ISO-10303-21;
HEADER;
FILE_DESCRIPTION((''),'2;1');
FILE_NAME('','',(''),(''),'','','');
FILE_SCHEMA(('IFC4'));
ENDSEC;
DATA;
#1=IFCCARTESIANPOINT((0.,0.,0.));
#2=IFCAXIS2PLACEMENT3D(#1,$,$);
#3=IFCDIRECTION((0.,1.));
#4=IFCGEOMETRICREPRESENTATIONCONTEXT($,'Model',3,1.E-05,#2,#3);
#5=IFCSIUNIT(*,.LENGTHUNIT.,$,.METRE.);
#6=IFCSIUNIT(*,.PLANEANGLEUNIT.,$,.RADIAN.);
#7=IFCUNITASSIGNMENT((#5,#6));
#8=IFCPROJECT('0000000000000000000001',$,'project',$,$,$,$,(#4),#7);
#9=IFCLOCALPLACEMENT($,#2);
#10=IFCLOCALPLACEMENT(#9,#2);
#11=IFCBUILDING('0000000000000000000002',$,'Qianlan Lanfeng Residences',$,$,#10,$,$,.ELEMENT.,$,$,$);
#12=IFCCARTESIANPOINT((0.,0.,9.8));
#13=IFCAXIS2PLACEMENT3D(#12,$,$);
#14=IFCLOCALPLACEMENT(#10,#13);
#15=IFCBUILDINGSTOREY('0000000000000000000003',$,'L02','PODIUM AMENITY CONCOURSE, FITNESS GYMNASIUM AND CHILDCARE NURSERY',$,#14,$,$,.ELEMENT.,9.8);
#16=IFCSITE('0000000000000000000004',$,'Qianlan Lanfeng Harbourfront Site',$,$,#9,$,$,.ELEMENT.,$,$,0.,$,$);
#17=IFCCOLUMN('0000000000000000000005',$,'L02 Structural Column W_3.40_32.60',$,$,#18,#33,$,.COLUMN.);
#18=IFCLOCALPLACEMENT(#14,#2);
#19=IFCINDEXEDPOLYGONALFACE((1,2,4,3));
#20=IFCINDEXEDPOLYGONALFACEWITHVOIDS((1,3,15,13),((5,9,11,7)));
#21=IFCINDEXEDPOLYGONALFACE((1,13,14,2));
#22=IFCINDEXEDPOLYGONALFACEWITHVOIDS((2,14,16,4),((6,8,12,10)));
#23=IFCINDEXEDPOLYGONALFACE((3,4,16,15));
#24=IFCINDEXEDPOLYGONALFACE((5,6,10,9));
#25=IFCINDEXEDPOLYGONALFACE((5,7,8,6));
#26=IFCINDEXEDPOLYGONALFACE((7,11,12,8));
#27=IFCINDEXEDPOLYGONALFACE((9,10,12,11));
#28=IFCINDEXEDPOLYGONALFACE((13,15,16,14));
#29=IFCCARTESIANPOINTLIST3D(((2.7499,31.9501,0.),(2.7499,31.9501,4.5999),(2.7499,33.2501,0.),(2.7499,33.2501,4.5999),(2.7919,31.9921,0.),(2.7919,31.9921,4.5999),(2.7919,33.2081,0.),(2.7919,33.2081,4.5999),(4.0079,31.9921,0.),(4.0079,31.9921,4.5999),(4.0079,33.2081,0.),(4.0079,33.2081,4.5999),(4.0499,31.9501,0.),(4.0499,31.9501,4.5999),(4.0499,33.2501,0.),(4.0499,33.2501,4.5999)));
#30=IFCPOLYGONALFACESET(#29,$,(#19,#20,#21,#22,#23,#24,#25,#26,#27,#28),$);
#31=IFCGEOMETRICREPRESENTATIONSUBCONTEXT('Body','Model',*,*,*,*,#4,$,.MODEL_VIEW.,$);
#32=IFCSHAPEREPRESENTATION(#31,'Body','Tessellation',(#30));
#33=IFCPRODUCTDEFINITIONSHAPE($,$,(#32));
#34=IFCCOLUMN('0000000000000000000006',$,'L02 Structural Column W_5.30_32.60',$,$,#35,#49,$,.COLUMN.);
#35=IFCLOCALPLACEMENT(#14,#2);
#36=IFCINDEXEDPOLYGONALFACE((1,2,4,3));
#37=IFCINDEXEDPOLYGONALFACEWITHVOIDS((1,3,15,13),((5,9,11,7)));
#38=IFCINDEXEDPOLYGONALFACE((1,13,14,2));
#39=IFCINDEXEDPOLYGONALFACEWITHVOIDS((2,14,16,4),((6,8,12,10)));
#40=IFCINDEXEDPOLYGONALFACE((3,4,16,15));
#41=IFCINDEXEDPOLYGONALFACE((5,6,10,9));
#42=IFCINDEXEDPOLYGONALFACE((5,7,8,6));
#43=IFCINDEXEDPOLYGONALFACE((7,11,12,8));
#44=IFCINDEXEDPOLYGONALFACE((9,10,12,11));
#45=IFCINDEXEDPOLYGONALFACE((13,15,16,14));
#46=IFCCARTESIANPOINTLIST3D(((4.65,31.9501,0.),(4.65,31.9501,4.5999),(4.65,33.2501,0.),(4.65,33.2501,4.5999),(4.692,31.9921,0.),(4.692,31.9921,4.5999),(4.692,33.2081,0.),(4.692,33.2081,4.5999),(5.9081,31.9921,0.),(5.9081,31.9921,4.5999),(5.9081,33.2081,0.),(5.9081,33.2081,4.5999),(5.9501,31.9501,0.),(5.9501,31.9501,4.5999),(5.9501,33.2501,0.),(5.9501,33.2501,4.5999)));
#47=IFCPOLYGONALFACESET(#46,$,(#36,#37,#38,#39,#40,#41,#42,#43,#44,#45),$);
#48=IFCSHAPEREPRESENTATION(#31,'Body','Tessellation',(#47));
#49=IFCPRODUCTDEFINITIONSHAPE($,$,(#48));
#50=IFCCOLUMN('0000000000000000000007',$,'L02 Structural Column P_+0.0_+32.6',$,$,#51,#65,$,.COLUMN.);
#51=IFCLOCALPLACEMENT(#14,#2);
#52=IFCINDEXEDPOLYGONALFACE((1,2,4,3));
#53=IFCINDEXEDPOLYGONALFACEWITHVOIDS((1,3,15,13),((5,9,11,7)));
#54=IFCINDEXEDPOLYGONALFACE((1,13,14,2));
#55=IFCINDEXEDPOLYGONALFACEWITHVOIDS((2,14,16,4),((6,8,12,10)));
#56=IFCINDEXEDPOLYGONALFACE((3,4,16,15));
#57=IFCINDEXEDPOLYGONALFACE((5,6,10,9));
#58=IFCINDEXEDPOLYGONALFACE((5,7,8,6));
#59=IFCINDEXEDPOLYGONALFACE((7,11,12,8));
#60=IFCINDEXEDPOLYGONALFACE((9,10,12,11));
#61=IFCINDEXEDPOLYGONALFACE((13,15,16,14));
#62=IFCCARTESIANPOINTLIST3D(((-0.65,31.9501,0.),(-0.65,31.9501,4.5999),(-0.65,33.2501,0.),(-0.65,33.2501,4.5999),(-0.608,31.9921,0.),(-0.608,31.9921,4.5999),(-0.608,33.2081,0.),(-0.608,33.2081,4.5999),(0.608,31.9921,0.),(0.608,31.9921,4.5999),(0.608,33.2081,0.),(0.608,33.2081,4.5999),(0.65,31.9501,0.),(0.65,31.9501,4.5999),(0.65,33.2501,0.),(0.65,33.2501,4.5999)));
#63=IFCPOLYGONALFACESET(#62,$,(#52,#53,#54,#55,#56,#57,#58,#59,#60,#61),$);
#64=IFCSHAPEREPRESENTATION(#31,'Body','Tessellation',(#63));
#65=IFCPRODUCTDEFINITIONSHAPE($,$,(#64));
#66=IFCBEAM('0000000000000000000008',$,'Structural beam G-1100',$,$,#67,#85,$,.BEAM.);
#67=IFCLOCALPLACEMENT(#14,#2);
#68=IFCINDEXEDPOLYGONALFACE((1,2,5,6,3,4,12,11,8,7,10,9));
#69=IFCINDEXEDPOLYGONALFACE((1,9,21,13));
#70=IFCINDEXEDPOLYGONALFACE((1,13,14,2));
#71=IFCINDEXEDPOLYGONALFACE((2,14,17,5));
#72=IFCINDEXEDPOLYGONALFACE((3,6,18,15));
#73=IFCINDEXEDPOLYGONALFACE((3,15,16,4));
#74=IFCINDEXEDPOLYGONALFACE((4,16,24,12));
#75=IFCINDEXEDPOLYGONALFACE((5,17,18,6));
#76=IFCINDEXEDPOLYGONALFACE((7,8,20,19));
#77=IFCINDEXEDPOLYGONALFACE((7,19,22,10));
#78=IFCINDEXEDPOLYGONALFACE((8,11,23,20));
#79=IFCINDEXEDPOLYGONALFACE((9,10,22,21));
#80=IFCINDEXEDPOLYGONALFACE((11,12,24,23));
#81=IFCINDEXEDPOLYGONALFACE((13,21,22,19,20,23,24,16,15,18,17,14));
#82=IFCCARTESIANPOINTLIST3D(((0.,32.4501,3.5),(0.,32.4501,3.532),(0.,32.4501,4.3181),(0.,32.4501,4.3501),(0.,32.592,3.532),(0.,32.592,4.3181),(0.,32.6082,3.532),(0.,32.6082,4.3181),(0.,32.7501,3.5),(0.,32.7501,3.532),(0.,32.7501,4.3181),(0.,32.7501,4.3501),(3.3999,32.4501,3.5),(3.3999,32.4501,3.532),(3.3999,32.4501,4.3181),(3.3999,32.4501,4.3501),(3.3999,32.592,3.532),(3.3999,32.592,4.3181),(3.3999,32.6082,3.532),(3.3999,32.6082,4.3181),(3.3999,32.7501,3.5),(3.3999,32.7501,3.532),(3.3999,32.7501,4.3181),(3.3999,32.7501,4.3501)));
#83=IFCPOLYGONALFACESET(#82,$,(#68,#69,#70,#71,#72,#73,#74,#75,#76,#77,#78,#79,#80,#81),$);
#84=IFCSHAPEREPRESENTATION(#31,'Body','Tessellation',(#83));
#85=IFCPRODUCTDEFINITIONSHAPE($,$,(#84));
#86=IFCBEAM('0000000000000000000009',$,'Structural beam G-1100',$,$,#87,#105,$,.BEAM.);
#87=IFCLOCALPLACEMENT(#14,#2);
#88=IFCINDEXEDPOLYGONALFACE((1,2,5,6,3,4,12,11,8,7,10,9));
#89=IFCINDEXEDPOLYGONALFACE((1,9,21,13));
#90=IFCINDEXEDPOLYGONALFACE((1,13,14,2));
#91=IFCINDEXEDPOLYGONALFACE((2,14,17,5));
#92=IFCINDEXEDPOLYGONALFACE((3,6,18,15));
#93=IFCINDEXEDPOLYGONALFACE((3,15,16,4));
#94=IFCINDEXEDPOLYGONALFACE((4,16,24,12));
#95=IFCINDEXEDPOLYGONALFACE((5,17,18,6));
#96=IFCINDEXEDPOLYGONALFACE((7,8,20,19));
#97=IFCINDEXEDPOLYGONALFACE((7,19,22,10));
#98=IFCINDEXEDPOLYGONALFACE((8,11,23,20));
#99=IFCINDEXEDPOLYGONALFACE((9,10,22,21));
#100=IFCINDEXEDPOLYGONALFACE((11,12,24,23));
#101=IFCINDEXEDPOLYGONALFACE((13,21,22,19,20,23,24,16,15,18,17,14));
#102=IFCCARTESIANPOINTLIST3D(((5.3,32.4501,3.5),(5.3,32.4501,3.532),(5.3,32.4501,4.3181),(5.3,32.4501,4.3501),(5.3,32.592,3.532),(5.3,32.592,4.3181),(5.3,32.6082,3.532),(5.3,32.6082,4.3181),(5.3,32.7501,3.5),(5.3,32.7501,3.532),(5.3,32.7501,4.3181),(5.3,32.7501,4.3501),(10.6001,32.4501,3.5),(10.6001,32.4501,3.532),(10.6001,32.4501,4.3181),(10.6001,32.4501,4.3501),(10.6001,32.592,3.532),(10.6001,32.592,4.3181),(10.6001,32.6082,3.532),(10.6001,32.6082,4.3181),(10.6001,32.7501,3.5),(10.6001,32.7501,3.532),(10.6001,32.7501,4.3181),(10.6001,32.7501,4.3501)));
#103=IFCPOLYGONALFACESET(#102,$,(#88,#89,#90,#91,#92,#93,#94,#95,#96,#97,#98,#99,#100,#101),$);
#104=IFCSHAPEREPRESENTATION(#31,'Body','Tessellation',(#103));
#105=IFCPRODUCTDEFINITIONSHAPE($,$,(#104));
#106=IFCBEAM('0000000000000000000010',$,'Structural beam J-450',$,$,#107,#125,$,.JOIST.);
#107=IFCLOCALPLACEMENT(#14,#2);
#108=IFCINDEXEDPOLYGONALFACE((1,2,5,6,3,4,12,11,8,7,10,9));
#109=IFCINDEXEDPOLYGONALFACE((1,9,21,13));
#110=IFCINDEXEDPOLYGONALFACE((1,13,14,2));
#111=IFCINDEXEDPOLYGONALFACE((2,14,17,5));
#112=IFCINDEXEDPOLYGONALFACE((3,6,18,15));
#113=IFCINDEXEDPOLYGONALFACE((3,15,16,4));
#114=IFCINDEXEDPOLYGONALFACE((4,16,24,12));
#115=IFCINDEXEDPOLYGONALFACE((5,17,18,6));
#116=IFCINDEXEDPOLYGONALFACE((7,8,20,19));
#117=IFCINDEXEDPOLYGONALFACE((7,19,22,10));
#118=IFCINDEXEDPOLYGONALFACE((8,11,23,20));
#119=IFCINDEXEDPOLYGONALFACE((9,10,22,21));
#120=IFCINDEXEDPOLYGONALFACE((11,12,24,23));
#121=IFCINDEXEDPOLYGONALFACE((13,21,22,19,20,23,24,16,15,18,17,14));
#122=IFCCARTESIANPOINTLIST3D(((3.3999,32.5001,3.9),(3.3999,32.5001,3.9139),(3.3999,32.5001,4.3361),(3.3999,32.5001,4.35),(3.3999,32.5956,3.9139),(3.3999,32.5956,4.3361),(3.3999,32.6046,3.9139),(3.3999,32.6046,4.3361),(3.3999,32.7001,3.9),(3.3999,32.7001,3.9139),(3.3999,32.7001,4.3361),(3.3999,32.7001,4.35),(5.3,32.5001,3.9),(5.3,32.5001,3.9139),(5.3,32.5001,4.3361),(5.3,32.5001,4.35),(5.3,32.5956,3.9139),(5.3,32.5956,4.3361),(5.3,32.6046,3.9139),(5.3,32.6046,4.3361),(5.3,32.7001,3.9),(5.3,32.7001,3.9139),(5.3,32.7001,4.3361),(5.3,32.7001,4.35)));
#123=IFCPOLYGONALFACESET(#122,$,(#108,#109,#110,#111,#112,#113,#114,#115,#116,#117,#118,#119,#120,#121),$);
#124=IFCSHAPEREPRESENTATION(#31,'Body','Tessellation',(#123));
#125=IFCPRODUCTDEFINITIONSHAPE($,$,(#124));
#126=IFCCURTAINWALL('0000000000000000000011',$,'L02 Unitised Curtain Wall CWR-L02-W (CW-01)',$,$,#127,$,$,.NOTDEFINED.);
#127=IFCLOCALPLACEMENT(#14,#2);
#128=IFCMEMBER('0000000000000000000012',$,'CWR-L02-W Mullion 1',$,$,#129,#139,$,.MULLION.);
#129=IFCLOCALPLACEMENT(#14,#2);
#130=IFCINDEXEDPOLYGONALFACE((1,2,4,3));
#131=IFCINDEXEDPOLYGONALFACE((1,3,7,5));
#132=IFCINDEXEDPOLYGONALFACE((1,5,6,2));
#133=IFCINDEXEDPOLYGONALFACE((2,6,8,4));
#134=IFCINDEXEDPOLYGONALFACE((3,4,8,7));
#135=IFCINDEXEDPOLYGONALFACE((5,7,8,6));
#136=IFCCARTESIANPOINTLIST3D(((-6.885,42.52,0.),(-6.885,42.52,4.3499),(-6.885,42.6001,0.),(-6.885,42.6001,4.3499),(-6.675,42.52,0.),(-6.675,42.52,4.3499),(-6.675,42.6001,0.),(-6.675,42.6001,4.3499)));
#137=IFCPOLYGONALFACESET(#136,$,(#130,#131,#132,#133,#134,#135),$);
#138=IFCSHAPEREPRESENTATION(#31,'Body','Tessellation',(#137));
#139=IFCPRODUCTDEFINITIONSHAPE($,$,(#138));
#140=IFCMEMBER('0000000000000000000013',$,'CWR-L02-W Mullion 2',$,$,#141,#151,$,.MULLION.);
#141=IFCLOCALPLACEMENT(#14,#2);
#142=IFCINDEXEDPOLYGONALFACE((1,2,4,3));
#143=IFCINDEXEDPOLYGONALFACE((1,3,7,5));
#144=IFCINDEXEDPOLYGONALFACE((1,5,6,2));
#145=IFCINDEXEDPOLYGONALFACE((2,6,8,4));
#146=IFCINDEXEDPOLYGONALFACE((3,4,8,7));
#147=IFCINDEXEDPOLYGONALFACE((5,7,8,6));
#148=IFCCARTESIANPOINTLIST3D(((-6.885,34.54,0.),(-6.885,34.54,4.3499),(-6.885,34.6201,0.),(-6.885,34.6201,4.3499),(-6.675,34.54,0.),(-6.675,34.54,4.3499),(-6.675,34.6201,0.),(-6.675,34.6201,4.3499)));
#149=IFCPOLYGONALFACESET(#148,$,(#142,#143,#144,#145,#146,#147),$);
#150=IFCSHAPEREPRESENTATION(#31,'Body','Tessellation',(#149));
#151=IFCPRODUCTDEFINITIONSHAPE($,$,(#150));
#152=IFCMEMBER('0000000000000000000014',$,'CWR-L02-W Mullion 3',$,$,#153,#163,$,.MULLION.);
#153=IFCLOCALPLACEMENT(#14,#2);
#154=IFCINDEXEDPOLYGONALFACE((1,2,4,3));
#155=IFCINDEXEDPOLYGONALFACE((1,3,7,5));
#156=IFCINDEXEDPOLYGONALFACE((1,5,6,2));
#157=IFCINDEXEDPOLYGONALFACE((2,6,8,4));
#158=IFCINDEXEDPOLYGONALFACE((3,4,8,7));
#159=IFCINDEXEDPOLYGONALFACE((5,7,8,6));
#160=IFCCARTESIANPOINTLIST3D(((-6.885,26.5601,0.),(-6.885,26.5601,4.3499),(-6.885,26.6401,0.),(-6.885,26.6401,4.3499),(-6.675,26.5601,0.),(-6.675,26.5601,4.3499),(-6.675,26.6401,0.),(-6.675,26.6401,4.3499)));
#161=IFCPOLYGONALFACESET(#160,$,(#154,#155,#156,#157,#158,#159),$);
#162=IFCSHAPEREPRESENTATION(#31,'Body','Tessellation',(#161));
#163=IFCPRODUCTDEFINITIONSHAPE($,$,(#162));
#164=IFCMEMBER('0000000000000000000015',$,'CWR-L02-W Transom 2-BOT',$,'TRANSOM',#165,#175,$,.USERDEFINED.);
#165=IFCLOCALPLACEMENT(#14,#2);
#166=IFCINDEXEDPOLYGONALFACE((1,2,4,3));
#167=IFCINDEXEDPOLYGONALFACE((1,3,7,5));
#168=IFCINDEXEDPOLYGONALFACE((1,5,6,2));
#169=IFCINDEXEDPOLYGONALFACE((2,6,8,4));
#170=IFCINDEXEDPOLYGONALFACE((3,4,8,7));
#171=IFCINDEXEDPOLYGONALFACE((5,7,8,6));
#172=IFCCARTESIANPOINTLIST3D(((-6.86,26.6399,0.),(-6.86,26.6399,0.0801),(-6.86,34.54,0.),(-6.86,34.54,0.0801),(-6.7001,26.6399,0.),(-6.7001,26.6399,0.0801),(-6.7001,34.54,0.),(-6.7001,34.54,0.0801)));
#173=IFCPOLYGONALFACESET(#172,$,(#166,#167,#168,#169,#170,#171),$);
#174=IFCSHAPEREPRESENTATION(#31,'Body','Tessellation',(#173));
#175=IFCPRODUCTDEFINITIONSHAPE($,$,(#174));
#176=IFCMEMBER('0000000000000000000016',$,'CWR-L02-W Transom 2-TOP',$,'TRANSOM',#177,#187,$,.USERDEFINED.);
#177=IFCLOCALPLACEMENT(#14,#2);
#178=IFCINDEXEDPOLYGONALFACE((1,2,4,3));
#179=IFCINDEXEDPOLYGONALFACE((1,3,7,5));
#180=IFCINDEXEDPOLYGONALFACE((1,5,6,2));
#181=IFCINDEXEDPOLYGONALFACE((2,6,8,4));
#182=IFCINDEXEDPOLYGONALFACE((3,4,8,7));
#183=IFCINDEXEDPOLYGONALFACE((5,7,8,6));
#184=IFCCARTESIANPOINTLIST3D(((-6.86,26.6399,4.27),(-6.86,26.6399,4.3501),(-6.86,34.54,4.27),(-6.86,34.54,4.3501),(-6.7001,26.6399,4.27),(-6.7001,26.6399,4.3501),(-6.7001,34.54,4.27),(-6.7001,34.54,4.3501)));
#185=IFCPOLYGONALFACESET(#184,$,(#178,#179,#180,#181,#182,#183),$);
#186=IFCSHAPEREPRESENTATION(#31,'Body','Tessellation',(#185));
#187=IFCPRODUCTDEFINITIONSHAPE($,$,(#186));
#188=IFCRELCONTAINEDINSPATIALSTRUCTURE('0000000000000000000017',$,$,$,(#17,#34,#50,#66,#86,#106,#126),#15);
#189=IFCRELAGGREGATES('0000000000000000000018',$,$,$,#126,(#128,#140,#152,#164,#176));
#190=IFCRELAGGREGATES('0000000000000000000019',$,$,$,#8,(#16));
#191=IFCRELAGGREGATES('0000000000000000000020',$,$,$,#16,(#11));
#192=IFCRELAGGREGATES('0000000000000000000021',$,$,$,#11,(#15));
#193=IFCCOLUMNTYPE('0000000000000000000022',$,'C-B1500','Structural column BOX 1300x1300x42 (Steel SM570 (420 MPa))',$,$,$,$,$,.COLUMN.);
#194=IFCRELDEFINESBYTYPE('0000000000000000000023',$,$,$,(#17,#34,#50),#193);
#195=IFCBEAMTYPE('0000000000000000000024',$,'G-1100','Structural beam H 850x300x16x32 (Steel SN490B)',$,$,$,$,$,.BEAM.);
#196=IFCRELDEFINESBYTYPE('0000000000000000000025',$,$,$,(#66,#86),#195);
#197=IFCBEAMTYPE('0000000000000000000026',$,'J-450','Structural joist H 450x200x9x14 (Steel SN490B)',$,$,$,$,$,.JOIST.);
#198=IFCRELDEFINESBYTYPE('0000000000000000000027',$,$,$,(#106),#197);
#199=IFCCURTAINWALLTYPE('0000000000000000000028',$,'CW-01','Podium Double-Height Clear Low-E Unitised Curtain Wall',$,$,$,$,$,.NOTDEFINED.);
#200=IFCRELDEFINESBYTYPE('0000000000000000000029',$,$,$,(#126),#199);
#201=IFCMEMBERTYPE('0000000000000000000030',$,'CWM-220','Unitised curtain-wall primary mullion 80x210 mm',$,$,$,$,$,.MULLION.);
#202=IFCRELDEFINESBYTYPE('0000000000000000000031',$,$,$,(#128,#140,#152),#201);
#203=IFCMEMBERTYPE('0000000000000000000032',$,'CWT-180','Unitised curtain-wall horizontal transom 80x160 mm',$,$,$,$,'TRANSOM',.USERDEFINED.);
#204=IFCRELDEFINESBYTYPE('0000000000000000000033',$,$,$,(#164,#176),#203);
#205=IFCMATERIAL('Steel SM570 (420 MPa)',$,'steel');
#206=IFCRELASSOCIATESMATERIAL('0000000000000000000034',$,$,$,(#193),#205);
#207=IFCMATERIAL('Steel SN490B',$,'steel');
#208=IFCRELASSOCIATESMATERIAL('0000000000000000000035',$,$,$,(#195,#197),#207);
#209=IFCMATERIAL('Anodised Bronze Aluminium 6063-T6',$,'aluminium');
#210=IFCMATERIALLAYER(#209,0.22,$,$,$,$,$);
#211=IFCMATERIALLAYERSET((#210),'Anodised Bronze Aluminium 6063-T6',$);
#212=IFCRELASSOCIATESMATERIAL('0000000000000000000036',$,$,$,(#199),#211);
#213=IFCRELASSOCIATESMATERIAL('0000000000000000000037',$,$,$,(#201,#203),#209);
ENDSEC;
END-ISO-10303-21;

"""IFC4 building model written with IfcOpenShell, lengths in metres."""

from ifc_helpers import new_model, si_unit, direction, frame, origin, origin_2d, place, context, subcontext, project, spatial, rectangle, hollow_rectangle, i_section, extrude, source, transform, mapped, material, layer, layer_set, material_profile, profile_set, type_object, element, aggregate, save


model = new_model("IFC4")

# Units and contexts
model_context = context("Model", 3, precision=1e-05, world=origin(), true_north=direction((0.0, 1.0)))
body_context = subcontext(model_context, "Body", "Model", "MODEL_VIEW")
ifc_project = project(units=[si_unit("LENGTHUNIT", "METRE"), si_unit("PLANEANGLEUNIT", "RADIAN")], contexts=[model_context])

# Site, building, storey
site_placement = place(None, origin())
site = spatial("IfcSite", under=ifc_project, at=site_placement, Name="Qianlan Lanfeng Harbourfront Site", CompositionType="ELEMENT", RefElevation=0.0)
building_placement = place(site_placement, origin())
building = spatial("IfcBuilding", under=site, at=building_placement, Name="Qianlan Lanfeng Residences", CompositionType="ELEMENT")
storey_placement = place(building_placement, frame((0.0, 0.0, 9.8)))
storey = spatial("IfcBuildingStorey", under=building, at=storey_placement, Name="L02", Description="PODIUM AMENITY CONCOURSE, FITNESS GYMNASIUM AND CHILDCARE NURSERY", CompositionType="ELEMENT", Elevation=9.8)

# Columns
ifc_material_1 = material(Name="Steel SM570 (420 MPa)", Category="steel")
ifc_material_profile_1 = material_profile(ifc_material_1, hollow_rectangle(XDim=1.3, YDim=1.3, WallThickness=0.042, at=origin_2d()), Name="BOX 1300x1300x42")
ifc_profile_set_1 = profile_set([ifc_material_profile_1], Name="Steel SM570 (420 MPa)")
column_type = type_object("IfcColumnType", Name="C-B1500", Description="Structural column BOX 1300x1300x42 (Steel SM570 (420 MPa))", PredefinedType="COLUMN", material=ifc_profile_set_1)
for number, where, z_axis, x_axis, name in (
    (1, (3.3999, 32.6001, 0.0), (0.0, 0.0, 1.0), (1.0, 0.0, 0.0), "L02 Structural Column W_3.40_32.60"),
    (2, (5.3, 32.6001, 0.0), (0.0, 0.0, 1.0), (1.0, 0.0, 0.0), "L02 Structural Column W_5.30_32.60"),
    (3, (0.0, 32.6001, 0.0), (0.0, 0.0, 1.0), (1.0, 0.0, 0.0), "L02 Structural Column P_+0.0_+32.6"),
):
    element("IfcColumn", number, at=place(storey_placement, frame(where, z_axis=z_axis, x_axis=x_axis)), inside=storey, type_object=column_type, Name=name, PredefinedType="COLUMN", context=body_context, shape_type="SweptSolid", body=[
        extrude(hollow_rectangle(XDim=1.3, YDim=1.3, WallThickness=0.042, at=origin_2d()), origin(), (0.0, 0.0, 1.0), 4.5999),
    ])

# Beams
ifc_material_2 = material(Name="Steel SN490B", Category="steel")
ifc_material_profile_2 = material_profile(ifc_material_2, i_section(OverallWidth=0.3, OverallDepth=0.8501, WebThickness=0.0161, FlangeThickness=0.032, at=origin_2d()), Name="H 850x300x16x32")
ifc_profile_set_2 = profile_set([ifc_material_profile_2], Name="Steel SN490B")
beam_type_1 = type_object("IfcBeamType", Name="G-1100", Description="Structural beam H 850x300x16x32 (Steel SN490B)", PredefinedType="BEAM", material=ifc_profile_set_2)
beam_1_placement = place(storey_placement, frame((0.0, 32.6001, 3.925), z_axis=(1.0, 0.0, 0.0), x_axis=(0.0, 1.0, 0.0)))
element("IfcBeam", 4, at=beam_1_placement, inside=storey, type_object=beam_type_1, Name="Structural beam G-1100", PredefinedType="BEAM", context=body_context, shape_type="SweptSolid", body=[
    extrude(i_section(OverallWidth=0.3, OverallDepth=0.8501, WebThickness=0.0161, FlangeThickness=0.032, at=origin_2d()), origin(), (0.0, 0.0, 1.0), 3.3999),
])
beam_2_placement = place(storey_placement, frame((5.3, 32.6001, 3.925), z_axis=(1.0, 0.0, 0.0), x_axis=(0.0, 1.0, 0.0)))
element("IfcBeam", 5, at=beam_2_placement, inside=storey, type_object=beam_type_1, Name="Structural beam G-1100", PredefinedType="BEAM", context=body_context, shape_type="SweptSolid", body=[
    extrude(i_section(OverallWidth=0.3, OverallDepth=0.8501, WebThickness=0.0161, FlangeThickness=0.032, at=origin_2d()), origin(), (0.0, 0.0, 1.0), 5.3),
])
ifc_material_profile_3 = material_profile(ifc_material_2, i_section(OverallWidth=0.2, OverallDepth=0.45, WebThickness=0.009, FlangeThickness=0.0139, at=origin_2d()), Name="H 450x200x9x14")
ifc_profile_set_3 = profile_set([ifc_material_profile_3], Name="Steel SN490B")
beam_type_2 = type_object("IfcBeamType", Name="J-450", Description="Structural joist H 450x200x9x14 (Steel SN490B)", PredefinedType="JOIST", material=ifc_profile_set_3)
beam_3_placement = place(storey_placement, frame((3.3999, 32.6001, 4.125), z_axis=(1.0, 0.0, 0.0), x_axis=(0.0, 1.0, 0.0)))
element("IfcBeam", 6, at=beam_3_placement, inside=storey, type_object=beam_type_2, Name="Structural beam J-450", PredefinedType="JOIST", context=body_context, shape_type="SweptSolid", body=[
    extrude(i_section(OverallWidth=0.2, OverallDepth=0.45, WebThickness=0.009, FlangeThickness=0.0139, at=origin_2d()), origin(), (0.0, 0.0, 1.0), 1.9001),
])

# Curtain wall, members
ifc_material_3 = material(Name="Anodised Bronze Aluminium 6063-T6", Category="aluminium")
ifc_layer_1 = layer(ifc_material_3, 0.22)
ifc_layer_set_1 = layer_set([ifc_layer_1], Name="Anodised Bronze Aluminium 6063-T6")
curtain_wall_type = type_object("IfcCurtainWallType", Name="CW-01", Description="Podium Double-Height Clear Low-E Unitised Curtain Wall", PredefinedType="NOTDEFINED", material=ifc_layer_set_1)
curtain_wall_placement = place(storey_placement, origin())
curtain_wall = element("IfcCurtainWall", 7, at=curtain_wall_placement, inside=storey, type_object=curtain_wall_type, Name="L02 Unitised Curtain Wall CWR-L02-W (CW-01)", PredefinedType="NOTDEFINED")
ifc_material_profile_4 = material_profile(ifc_material_3, rectangle(XDim=0.0801, YDim=0.21, at=origin_2d()), Name="ALU MULLION 80x210")
ifc_profile_set_4 = profile_set([ifc_material_profile_4], Name="Anodised Bronze Aluminium 6063-T6")
member_type_1 = type_object("IfcMemberType", Name="CWM-220", Description="Unitised curtain-wall primary mullion 80x210 mm", PredefinedType="MULLION", material=ifc_profile_set_4)
shared_shape_1 = source(origin(), body_context, "Body", "SweptSolid", [
    extrude(rectangle(XDim=0.0801, YDim=0.21, at=origin_2d()), origin(), (0.0, 0.0, 1.0), 4.3499),
])
member_1_placement = place(storey_placement, frame((-6.78, 42.5601, 0.0), z_axis=(0.0, 0.0, 1.0), x_axis=(0.0, -1.0, 0.0)))
member_1 = element("IfcMember", 8, at=member_1_placement, type_object=member_type_1, Name="CWR-L02-W Mullion 1", PredefinedType="MULLION", context=body_context, shape_type="MappedRepresentation", body=[
    mapped(shared_shape_1, transform((0.0, 0.0, 0.0), scale=1.0)),
])
member_2_placement = place(storey_placement, frame((-6.78, 34.5801, 0.0), z_axis=(0.0, 0.0, 1.0), x_axis=(0.0, -1.0, 0.0)))
member_2 = element("IfcMember", 9, at=member_2_placement, type_object=member_type_1, Name="CWR-L02-W Mullion 2", PredefinedType="MULLION", context=body_context, shape_type="MappedRepresentation", body=[
    mapped(shared_shape_1, transform((0.0, 0.0, 0.0), scale=1.0)),
])
member_3_placement = place(storey_placement, frame((-6.78, 26.6001, 0.0), z_axis=(0.0, 0.0, 1.0), x_axis=(0.0, -1.0, 0.0)))
member_3 = element("IfcMember", 10, at=member_3_placement, type_object=member_type_1, Name="CWR-L02-W Mullion 3", PredefinedType="MULLION", context=body_context, shape_type="MappedRepresentation", body=[
    mapped(shared_shape_1, transform((0.0, 0.0, 0.0), scale=1.0)),
])
ifc_material_profile_5 = material_profile(ifc_material_3, rectangle(XDim=0.0801, YDim=0.1599, at=origin_2d()), Name="ALU TRANSOM 80x160")
ifc_profile_set_5 = profile_set([ifc_material_profile_5], Name="Anodised Bronze Aluminium 6063-T6")
member_type_2 = type_object("IfcMemberType", Name="CWT-180", Description="Unitised curtain-wall horizontal transom 80x160 mm", ElementType="TRANSOM", PredefinedType="USERDEFINED", material=ifc_profile_set_5)
shared_shape_2 = source(origin(), body_context, "Body", "SweptSolid", [
    extrude(rectangle(XDim=0.0801, YDim=0.1599, at=origin_2d()), origin(), (0.0, 0.0, 1.0), 7.9001),
])
member_4_placement = place(storey_placement, frame((-6.78, 34.54, 0.04), z_axis=(0.0, -1.0, 0.0), x_axis=(0.0, 0.0, 1.0)))
member_4 = element("IfcMember", 11, at=member_4_placement, type_object=member_type_2, Name="CWR-L02-W Transom 2-BOT", ObjectType="TRANSOM", PredefinedType="USERDEFINED", context=body_context, shape_type="MappedRepresentation", body=[
    mapped(shared_shape_2, transform((0.0, 0.0, 0.0), scale=1.0)),
])
member_5_placement = place(storey_placement, frame((-6.78, 34.54, 4.3101), z_axis=(0.0, -1.0, 0.0), x_axis=(0.0, 0.0, 1.0)))
member_5 = element("IfcMember", 12, at=member_5_placement, type_object=member_type_2, Name="CWR-L02-W Transom 2-TOP", ObjectType="TRANSOM", PredefinedType="USERDEFINED", context=body_context, shape_type="MappedRepresentation", body=[
    mapped(shared_shape_2, transform((0.0, 0.0, 0.0), scale=1.0)),
])
aggregate(curtain_wall, [member_1, member_2, member_3, member_4, member_5])

save(model, "model.ifc")
